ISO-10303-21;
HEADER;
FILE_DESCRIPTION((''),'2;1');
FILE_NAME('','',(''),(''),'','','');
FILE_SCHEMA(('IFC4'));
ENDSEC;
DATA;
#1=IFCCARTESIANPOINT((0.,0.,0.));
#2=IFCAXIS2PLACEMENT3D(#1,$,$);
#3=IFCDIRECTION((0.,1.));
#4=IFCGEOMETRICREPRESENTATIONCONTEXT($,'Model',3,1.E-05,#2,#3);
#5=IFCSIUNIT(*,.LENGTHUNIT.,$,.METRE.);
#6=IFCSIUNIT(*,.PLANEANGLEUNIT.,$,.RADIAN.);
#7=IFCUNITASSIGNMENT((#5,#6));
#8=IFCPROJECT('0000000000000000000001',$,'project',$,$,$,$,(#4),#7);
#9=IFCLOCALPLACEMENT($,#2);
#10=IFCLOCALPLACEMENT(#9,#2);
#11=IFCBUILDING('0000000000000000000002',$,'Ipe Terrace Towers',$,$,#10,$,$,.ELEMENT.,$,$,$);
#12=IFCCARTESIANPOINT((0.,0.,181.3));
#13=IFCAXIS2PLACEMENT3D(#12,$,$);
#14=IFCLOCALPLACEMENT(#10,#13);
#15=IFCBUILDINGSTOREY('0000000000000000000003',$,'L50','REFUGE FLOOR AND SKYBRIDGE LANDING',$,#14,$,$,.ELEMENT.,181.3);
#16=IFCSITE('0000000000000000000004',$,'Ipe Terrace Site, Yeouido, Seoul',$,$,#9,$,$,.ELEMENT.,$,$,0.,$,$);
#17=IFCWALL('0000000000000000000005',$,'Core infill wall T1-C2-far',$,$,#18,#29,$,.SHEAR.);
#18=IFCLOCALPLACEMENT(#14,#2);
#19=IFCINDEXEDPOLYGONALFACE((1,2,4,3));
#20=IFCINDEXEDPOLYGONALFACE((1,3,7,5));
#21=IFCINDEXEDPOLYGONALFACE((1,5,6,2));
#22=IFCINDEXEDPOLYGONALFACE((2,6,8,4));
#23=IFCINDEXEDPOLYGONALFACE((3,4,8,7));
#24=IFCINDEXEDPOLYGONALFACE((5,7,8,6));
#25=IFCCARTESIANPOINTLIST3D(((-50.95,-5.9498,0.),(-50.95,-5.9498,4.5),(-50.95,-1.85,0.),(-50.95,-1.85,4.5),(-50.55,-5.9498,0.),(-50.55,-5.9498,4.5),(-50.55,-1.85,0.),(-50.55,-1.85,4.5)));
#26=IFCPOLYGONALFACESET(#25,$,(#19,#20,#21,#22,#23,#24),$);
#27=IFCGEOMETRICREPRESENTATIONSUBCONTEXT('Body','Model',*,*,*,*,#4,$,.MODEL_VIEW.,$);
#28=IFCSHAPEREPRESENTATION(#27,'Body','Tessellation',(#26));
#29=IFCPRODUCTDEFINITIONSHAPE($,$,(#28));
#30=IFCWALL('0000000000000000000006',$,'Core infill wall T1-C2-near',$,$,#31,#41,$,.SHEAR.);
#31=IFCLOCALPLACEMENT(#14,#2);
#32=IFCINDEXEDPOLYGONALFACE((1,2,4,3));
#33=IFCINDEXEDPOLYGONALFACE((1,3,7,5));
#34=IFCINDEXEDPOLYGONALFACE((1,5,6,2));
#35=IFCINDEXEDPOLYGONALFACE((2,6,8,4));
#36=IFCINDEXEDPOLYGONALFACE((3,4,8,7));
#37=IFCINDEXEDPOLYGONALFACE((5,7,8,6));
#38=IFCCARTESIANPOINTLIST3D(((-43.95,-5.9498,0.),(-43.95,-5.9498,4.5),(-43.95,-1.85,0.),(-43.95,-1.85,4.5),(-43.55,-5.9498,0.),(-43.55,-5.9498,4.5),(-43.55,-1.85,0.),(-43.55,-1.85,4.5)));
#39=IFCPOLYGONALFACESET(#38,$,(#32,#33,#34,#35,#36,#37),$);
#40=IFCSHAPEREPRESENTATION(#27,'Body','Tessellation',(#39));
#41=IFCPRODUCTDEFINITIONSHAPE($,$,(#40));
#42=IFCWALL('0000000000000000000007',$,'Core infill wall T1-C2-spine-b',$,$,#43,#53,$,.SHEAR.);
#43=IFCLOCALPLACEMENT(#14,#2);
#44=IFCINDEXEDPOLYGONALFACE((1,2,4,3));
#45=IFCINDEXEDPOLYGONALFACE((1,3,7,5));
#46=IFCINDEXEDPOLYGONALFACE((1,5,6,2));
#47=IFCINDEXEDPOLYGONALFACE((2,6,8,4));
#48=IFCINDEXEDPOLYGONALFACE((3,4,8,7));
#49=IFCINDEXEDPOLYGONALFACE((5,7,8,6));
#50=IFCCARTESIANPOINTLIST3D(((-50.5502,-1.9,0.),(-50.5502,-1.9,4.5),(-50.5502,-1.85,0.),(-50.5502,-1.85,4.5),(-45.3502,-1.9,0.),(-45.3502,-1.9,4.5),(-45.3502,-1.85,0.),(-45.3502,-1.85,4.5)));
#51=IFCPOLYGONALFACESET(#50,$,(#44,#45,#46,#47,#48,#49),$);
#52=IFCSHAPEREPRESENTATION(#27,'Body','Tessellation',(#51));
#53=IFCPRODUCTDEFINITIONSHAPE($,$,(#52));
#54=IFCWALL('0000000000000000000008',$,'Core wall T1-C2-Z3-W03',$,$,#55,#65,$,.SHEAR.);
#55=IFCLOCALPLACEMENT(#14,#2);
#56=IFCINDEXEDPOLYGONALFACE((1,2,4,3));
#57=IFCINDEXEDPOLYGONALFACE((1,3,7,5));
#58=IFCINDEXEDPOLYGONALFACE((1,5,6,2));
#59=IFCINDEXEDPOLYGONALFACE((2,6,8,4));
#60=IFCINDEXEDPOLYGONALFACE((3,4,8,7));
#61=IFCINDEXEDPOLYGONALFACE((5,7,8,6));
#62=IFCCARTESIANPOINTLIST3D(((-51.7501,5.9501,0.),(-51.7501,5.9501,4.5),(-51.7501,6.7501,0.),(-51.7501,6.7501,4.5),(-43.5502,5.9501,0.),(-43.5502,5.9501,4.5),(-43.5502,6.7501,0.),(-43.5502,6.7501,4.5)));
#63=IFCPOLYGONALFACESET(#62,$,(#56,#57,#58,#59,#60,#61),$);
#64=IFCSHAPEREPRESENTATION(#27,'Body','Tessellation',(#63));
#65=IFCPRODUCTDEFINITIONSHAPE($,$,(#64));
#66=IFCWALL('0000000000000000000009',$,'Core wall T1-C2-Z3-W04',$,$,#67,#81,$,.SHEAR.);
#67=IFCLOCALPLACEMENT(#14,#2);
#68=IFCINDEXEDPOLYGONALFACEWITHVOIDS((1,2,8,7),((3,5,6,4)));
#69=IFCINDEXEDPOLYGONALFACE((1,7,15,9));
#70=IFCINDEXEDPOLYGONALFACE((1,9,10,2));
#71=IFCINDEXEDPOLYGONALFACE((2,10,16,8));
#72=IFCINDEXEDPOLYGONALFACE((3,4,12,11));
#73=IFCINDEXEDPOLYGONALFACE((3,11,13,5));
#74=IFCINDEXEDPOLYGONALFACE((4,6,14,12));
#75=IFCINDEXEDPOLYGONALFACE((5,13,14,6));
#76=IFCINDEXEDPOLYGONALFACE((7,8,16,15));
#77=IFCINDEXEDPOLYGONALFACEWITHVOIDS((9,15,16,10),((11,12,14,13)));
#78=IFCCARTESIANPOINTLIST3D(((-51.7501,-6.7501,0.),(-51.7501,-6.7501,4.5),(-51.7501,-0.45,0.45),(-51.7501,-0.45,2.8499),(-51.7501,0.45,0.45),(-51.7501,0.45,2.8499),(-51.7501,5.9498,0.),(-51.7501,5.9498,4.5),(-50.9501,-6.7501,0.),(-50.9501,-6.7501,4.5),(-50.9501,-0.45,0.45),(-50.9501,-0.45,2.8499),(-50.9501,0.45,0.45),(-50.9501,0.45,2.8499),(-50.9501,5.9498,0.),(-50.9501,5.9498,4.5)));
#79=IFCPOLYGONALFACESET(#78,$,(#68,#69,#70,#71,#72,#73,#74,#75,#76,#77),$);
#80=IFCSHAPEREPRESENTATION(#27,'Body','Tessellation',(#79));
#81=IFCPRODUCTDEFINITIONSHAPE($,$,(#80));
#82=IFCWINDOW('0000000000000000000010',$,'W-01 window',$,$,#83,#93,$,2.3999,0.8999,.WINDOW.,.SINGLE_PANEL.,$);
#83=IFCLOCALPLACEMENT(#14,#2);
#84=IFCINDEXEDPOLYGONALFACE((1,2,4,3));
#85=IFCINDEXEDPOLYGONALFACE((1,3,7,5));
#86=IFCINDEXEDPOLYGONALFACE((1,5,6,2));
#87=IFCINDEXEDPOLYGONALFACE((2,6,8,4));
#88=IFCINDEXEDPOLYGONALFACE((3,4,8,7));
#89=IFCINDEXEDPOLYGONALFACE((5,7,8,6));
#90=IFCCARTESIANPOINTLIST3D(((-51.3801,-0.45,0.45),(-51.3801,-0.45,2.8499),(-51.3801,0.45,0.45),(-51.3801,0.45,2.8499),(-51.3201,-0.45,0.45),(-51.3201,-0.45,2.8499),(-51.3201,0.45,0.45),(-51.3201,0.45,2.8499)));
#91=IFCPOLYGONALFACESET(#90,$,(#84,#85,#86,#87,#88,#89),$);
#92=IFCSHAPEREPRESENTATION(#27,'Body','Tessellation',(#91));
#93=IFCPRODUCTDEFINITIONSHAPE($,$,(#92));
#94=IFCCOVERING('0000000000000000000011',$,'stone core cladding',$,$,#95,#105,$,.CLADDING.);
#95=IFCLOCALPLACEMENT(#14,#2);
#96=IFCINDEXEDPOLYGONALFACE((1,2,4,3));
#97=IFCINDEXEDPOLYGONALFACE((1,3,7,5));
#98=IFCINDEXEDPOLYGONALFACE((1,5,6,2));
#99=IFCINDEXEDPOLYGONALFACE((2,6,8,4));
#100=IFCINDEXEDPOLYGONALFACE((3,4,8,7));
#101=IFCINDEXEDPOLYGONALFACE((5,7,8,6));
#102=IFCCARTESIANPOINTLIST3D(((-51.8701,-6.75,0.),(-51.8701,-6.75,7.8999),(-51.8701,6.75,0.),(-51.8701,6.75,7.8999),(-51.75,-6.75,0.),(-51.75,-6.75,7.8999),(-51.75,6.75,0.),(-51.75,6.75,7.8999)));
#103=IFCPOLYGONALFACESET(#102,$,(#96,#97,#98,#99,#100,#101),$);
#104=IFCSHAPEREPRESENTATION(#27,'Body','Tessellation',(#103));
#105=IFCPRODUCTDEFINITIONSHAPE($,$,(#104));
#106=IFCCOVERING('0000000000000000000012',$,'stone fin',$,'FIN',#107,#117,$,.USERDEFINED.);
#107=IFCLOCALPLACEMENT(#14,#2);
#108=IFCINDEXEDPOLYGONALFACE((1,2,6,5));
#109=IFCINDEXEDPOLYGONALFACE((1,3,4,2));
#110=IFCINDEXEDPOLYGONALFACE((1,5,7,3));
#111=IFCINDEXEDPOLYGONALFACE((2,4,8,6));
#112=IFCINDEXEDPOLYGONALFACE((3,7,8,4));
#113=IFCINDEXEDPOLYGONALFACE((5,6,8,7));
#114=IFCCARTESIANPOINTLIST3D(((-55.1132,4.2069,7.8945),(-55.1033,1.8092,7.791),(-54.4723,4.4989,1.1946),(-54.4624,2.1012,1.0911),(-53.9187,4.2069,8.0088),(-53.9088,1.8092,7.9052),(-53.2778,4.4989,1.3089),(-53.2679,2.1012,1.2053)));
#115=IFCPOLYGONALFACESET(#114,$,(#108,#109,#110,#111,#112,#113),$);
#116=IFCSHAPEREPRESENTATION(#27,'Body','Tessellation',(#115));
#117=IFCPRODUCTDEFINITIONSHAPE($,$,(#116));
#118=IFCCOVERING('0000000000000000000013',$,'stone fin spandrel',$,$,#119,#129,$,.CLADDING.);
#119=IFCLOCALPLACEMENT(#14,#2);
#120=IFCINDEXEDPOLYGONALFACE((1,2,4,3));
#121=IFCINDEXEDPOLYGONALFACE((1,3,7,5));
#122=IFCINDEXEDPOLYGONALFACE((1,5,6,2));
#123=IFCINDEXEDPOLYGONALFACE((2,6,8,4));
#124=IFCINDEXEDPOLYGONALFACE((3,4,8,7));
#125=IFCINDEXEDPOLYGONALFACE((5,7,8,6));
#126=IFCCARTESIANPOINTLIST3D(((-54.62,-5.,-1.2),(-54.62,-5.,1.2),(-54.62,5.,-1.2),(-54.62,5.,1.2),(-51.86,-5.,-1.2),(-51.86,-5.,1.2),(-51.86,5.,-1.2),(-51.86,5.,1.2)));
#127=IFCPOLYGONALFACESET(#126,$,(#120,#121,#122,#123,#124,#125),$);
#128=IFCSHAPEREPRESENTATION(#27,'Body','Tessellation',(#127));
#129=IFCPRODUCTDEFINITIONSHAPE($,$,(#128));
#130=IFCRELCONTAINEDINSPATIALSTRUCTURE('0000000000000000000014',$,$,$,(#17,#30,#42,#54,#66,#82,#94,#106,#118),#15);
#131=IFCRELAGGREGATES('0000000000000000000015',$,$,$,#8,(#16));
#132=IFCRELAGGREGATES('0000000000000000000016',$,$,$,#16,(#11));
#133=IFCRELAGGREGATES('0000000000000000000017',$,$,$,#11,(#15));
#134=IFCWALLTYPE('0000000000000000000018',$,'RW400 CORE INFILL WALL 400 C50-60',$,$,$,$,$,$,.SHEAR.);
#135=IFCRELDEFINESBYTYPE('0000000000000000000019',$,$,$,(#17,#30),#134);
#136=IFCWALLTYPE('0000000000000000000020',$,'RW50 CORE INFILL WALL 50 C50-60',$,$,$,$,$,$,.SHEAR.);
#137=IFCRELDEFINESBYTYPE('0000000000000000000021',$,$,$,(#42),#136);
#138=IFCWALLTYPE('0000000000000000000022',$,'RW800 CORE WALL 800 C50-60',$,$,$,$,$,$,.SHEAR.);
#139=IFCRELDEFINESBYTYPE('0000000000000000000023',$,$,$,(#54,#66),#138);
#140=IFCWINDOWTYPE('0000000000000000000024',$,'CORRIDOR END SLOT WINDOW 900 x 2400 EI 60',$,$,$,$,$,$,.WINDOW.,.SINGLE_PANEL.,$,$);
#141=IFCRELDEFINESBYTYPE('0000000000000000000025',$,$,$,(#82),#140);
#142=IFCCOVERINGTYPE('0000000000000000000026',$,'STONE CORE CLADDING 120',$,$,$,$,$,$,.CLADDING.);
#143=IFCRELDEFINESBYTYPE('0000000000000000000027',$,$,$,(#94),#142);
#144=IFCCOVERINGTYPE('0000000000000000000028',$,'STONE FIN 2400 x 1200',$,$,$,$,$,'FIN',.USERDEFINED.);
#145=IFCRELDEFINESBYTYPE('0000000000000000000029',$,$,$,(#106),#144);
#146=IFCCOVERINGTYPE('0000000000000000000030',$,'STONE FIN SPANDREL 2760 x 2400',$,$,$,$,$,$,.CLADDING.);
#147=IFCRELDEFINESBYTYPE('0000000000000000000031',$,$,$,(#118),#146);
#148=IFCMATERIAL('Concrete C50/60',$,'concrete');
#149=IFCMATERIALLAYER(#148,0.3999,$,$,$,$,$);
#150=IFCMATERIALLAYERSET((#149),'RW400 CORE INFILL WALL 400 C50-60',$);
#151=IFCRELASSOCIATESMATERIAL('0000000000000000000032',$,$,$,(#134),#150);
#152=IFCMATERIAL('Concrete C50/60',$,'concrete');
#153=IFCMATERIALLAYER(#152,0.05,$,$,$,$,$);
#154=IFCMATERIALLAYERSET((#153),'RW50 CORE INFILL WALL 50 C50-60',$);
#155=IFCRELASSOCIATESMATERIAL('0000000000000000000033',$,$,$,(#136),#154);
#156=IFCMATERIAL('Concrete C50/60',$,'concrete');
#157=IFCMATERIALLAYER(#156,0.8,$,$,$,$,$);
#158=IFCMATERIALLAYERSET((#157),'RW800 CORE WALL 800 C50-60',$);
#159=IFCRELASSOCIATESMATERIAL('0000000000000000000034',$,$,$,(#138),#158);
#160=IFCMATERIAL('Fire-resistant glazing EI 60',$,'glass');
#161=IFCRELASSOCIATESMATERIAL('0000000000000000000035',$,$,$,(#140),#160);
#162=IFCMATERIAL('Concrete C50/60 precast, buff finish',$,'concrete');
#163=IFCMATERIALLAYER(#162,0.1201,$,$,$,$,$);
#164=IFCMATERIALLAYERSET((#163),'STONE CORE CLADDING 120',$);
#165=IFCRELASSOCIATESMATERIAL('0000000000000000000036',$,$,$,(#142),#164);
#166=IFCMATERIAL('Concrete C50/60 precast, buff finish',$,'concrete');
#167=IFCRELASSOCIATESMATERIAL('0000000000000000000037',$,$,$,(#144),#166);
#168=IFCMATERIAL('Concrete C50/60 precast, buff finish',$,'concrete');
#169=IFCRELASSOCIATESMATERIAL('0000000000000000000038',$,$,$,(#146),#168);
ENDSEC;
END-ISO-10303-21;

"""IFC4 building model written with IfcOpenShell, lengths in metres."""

from ifc_helpers import new_model, si_unit, direction, frame, frame_2d, origin, origin_2d, place, context, subcontext, project, spatial, rectangle, extrude, material, layer, layer_set, material_profile, profile_set, type_object, element, fill, save


model = new_model("IFC4")

# Units and contexts
model_context = context("Model", 3, precision=1e-05, world=origin(), true_north=direction((0.0, 1.0)))
body_context = subcontext(model_context, "Body", "Model", "MODEL_VIEW")
ifc_project = project(units=[si_unit("LENGTHUNIT", "METRE"), si_unit("PLANEANGLEUNIT", "RADIAN")], contexts=[model_context])

# Site, building, storey
site_placement = place(None, origin())
site = spatial("IfcSite", under=ifc_project, at=site_placement, Name="Ipe Terrace Site, Yeouido, Seoul", CompositionType="ELEMENT", RefElevation=0.0)
building_placement = place(site_placement, origin())
building = spatial("IfcBuilding", under=site, at=building_placement, Name="Ipe Terrace Towers", CompositionType="ELEMENT")
storey_placement = place(building_placement, frame((0.0, 0.0, 181.3)))
storey = spatial("IfcBuildingStorey", under=building, at=storey_placement, Name="L50", Description="REFUGE FLOOR AND SKYBRIDGE LANDING", CompositionType="ELEMENT", Elevation=181.3)

# Walls
ifc_material_1 = material(Name="Concrete C50/60", Category="concrete")
ifc_layer_1 = layer(ifc_material_1, 0.3999)
ifc_layer_set_1 = layer_set([ifc_layer_1], Name="RW400 CORE INFILL WALL 400 C50-60")
wall_type_1 = type_object("IfcWallType", Name="RW400 CORE INFILL WALL 400 C50-60", PredefinedType="SHEAR", material=ifc_layer_set_1)
for number, where, z_axis, x_axis, name in (
    (1, (-50.75, -1.8501, 0.0), (0.0, 0.0, 1.0), (0.0, -1.0, 0.0), "Core infill wall T1-C2-far"),
    (2, (-43.75, -1.8501, 0.0), (0.0, 0.0, 1.0), (0.0, -1.0, 0.0), "Core infill wall T1-C2-near"),
):
    element("IfcWall", number, at=place(storey_placement, frame(where, z_axis=z_axis, x_axis=x_axis)), inside=storey, type_object=wall_type_1, Name=name, PredefinedType="SHEAR", context=body_context, shape_type="SweptSolid", body=[
        extrude(rectangle(XDim=4.0999, YDim=0.3999, at=frame_2d((2.0498, 0.0))), origin(), (0.0, 0.0, 1.0), 4.5),
    ])
ifc_material_2 = material(Name="Concrete C50/60", Category="concrete")
ifc_layer_2 = layer(ifc_material_2, 0.05)
ifc_layer_set_2 = layer_set([ifc_layer_2], Name="RW50 CORE INFILL WALL 50 C50-60")
wall_type_2 = type_object("IfcWallType", Name="RW50 CORE INFILL WALL 50 C50-60", PredefinedType="SHEAR", material=ifc_layer_set_2)
wall_1_placement = place(storey_placement, frame((-45.3501, -1.875, 0.0), z_axis=(0.0, 0.0, 1.0), x_axis=(-1.0, 0.0, 0.0)))
element("IfcWall", 3, at=wall_1_placement, inside=storey, type_object=wall_type_2, Name="Core infill wall T1-C2-spine-b", PredefinedType="SHEAR", context=body_context, shape_type="SweptSolid", body=[
    extrude(rectangle(XDim=5.2, YDim=0.05, at=frame_2d((2.6001, 0.0))), origin(), (0.0, 0.0, 1.0), 4.5),
])
ifc_material_3 = material(Name="Concrete C50/60", Category="concrete")
ifc_layer_3 = layer(ifc_material_3, 0.8)
ifc_layer_set_3 = layer_set([ifc_layer_3], Name="RW800 CORE WALL 800 C50-60")
wall_type_3 = type_object("IfcWallType", Name="RW800 CORE WALL 800 C50-60", PredefinedType="SHEAR", material=ifc_layer_set_3)
wall_2_placement = place(storey_placement, frame((-43.55, 6.3501, 0.0), z_axis=(0.0, 0.0, 1.0), x_axis=(-1.0, 0.0, 0.0)))
element("IfcWall", 4, at=wall_2_placement, inside=storey, type_object=wall_type_3, Name="Core wall T1-C2-Z3-W03", PredefinedType="SHEAR", context=body_context, shape_type="SweptSolid", body=[
    extrude(rectangle(XDim=8.2, YDim=0.8, at=frame_2d((4.1001, 0.0))), origin(), (0.0, 0.0, 1.0), 4.5),
])

# Wall, opening, window
wall_3_placement = place(storey_placement, frame((-51.3501, 5.95, 0.0), z_axis=(0.0, 0.0, 1.0), x_axis=(0.0, -1.0, 0.0)))
wall_3 = element("IfcWall", 5, at=wall_3_placement, inside=storey, type_object=wall_type_3, Name="Core wall T1-C2-Z3-W04", PredefinedType="SHEAR", context=body_context, shape_type="SweptSolid", body=[
    extrude(rectangle(XDim=12.7, YDim=0.8, at=frame_2d((6.3501, 0.0))), origin(), (0.0, 0.0, 1.0), 4.5),
])
opening_1_placement = place(wall_3_placement, frame((5.5, 0.0, 0.45)))
opening_1 = element("IfcOpeningElement", 6, at=opening_1_placement, cuts=wall_3, PredefinedType="OPENING", context=body_context, shape_type="SweptSolid", body=[
    extrude(rectangle(XDim=0.8999, YDim=2.3999, at=frame_2d((0.45, 1.2))), frame((0.0, 0.4102, 0.0), z_axis=(0.0, -1.0, 0.0), x_axis=(1.0, 0.0, 0.0)), (0.0, 0.0, 1.0), 0.8201),
])
ifc_material_4 = material(Name="Fire-resistant glazing EI 60", Category="glass")
window_type = type_object("IfcWindowType", Name="CORRIDOR END SLOT WINDOW 900 x 2400 EI 60", PartitioningType="SINGLE_PANEL", PredefinedType="WINDOW", material=ifc_material_4)
window_placement = place(opening_1_placement, origin())
window = element("IfcWindow", 7, at=window_placement, inside=storey, type_object=window_type, Name="W-01 window", OverallHeight=2.3999, OverallWidth=0.8999, PartitioningType="SINGLE_PANEL", PredefinedType="WINDOW", context=body_context, shape_type="SweptSolid", body=[
    extrude(rectangle(XDim=0.8999, YDim=2.3999, at=frame_2d((0.45, 1.2))), frame((0.0, 0.03, 0.0), z_axis=(0.0, -1.0, 0.0), x_axis=(1.0, 0.0, 0.0)), (0.0, 0.0, 1.0), 0.0601),
])
fill(opening_1, window)

# Coverings
ifc_material_5 = material(Name="Concrete C50/60 precast, buff finish", Category="concrete")
ifc_layer_4 = layer(ifc_material_5, 0.1201)
ifc_layer_set_4 = layer_set([ifc_layer_4], Name="STONE CORE CLADDING 120")
covering_type_1 = type_object("IfcCoveringType", Name="STONE CORE CLADDING 120", PredefinedType="CLADDING", material=ifc_layer_set_4)
covering_1_placement = place(storey_placement, frame((-51.8101, 0.0, 0.0), z_axis=(0.0, 0.0, 1.0), x_axis=(0.0, -1.0, 0.0)))
element("IfcCovering", 8, at=covering_1_placement, inside=storey, type_object=covering_type_1, Name="stone core cladding", PredefinedType="CLADDING", context=body_context, shape_type="SweptSolid", body=[
    extrude(rectangle(XDim=13.5, YDim=0.1201, at=origin_2d()), origin(), (0.0, 0.0, 1.0), 7.8999),
])
ifc_material_6 = material(Name="Concrete C50/60 precast, buff finish", Category="concrete")
ifc_material_profile_1 = material_profile(ifc_material_6, rectangle(XDim=2.3999, YDim=1.2, at=origin_2d()), Name="STONE FIN 2400 x 1200")
ifc_profile_set_1 = profile_set([ifc_material_profile_1], Name="Concrete C50/60 precast, buff finish")
covering_type_2 = type_object("IfcCoveringType", Name="STONE FIN 2400 x 1200", ElementType="FIN", PredefinedType="USERDEFINED", material=ifc_profile_set_1)
covering_2_placement = place(storey_placement, frame((-53.8701, 3.3, 1.2), z_axis=(-0.095129, -0.043342, 0.994521), x_axis=(0.004127, -0.99906, -0.043146)))
element("IfcCovering", 9, at=covering_2_placement, inside=storey, type_object=covering_type_2, Name="stone fin", ObjectType="FIN", PredefinedType="USERDEFINED", context=body_context, shape_type="SweptSolid", body=[
    extrude(rectangle(XDim=2.3999, YDim=1.2, at=origin_2d()), origin(), (0.0, 0.0, 1.0), 6.7368),
])
ifc_material_7 = material(Name="Concrete C50/60 precast, buff finish", Category="concrete")
ifc_material_profile_2 = material_profile(ifc_material_7, rectangle(XDim=2.76, YDim=2.3999, at=origin_2d()), Name="STONE FIN SPANDREL 2760 x 2400")
ifc_profile_set_2 = profile_set([ifc_material_profile_2], Name="Concrete C50/60 precast, buff finish")
covering_type_3 = type_object("IfcCoveringType", Name="STONE FIN SPANDREL 2760 x 2400", PredefinedType="CLADDING", material=ifc_profile_set_2)
covering_3_placement = place(storey_placement, frame((-53.24, 5.0, 0.0), z_axis=(0.0, -1.0, 0.0), x_axis=(-1.0, 0.0, 0.0)))
element("IfcCovering", 10, at=covering_3_placement, inside=storey, type_object=covering_type_3, Name="stone fin spandrel", PredefinedType="CLADDING", context=body_context, shape_type="SweptSolid", body=[
    extrude(rectangle(XDim=2.76, YDim=2.3999, at=origin_2d()), origin(), (0.0, 0.0, 1.0), 10.0),
])

save(model, "model.ifc")
